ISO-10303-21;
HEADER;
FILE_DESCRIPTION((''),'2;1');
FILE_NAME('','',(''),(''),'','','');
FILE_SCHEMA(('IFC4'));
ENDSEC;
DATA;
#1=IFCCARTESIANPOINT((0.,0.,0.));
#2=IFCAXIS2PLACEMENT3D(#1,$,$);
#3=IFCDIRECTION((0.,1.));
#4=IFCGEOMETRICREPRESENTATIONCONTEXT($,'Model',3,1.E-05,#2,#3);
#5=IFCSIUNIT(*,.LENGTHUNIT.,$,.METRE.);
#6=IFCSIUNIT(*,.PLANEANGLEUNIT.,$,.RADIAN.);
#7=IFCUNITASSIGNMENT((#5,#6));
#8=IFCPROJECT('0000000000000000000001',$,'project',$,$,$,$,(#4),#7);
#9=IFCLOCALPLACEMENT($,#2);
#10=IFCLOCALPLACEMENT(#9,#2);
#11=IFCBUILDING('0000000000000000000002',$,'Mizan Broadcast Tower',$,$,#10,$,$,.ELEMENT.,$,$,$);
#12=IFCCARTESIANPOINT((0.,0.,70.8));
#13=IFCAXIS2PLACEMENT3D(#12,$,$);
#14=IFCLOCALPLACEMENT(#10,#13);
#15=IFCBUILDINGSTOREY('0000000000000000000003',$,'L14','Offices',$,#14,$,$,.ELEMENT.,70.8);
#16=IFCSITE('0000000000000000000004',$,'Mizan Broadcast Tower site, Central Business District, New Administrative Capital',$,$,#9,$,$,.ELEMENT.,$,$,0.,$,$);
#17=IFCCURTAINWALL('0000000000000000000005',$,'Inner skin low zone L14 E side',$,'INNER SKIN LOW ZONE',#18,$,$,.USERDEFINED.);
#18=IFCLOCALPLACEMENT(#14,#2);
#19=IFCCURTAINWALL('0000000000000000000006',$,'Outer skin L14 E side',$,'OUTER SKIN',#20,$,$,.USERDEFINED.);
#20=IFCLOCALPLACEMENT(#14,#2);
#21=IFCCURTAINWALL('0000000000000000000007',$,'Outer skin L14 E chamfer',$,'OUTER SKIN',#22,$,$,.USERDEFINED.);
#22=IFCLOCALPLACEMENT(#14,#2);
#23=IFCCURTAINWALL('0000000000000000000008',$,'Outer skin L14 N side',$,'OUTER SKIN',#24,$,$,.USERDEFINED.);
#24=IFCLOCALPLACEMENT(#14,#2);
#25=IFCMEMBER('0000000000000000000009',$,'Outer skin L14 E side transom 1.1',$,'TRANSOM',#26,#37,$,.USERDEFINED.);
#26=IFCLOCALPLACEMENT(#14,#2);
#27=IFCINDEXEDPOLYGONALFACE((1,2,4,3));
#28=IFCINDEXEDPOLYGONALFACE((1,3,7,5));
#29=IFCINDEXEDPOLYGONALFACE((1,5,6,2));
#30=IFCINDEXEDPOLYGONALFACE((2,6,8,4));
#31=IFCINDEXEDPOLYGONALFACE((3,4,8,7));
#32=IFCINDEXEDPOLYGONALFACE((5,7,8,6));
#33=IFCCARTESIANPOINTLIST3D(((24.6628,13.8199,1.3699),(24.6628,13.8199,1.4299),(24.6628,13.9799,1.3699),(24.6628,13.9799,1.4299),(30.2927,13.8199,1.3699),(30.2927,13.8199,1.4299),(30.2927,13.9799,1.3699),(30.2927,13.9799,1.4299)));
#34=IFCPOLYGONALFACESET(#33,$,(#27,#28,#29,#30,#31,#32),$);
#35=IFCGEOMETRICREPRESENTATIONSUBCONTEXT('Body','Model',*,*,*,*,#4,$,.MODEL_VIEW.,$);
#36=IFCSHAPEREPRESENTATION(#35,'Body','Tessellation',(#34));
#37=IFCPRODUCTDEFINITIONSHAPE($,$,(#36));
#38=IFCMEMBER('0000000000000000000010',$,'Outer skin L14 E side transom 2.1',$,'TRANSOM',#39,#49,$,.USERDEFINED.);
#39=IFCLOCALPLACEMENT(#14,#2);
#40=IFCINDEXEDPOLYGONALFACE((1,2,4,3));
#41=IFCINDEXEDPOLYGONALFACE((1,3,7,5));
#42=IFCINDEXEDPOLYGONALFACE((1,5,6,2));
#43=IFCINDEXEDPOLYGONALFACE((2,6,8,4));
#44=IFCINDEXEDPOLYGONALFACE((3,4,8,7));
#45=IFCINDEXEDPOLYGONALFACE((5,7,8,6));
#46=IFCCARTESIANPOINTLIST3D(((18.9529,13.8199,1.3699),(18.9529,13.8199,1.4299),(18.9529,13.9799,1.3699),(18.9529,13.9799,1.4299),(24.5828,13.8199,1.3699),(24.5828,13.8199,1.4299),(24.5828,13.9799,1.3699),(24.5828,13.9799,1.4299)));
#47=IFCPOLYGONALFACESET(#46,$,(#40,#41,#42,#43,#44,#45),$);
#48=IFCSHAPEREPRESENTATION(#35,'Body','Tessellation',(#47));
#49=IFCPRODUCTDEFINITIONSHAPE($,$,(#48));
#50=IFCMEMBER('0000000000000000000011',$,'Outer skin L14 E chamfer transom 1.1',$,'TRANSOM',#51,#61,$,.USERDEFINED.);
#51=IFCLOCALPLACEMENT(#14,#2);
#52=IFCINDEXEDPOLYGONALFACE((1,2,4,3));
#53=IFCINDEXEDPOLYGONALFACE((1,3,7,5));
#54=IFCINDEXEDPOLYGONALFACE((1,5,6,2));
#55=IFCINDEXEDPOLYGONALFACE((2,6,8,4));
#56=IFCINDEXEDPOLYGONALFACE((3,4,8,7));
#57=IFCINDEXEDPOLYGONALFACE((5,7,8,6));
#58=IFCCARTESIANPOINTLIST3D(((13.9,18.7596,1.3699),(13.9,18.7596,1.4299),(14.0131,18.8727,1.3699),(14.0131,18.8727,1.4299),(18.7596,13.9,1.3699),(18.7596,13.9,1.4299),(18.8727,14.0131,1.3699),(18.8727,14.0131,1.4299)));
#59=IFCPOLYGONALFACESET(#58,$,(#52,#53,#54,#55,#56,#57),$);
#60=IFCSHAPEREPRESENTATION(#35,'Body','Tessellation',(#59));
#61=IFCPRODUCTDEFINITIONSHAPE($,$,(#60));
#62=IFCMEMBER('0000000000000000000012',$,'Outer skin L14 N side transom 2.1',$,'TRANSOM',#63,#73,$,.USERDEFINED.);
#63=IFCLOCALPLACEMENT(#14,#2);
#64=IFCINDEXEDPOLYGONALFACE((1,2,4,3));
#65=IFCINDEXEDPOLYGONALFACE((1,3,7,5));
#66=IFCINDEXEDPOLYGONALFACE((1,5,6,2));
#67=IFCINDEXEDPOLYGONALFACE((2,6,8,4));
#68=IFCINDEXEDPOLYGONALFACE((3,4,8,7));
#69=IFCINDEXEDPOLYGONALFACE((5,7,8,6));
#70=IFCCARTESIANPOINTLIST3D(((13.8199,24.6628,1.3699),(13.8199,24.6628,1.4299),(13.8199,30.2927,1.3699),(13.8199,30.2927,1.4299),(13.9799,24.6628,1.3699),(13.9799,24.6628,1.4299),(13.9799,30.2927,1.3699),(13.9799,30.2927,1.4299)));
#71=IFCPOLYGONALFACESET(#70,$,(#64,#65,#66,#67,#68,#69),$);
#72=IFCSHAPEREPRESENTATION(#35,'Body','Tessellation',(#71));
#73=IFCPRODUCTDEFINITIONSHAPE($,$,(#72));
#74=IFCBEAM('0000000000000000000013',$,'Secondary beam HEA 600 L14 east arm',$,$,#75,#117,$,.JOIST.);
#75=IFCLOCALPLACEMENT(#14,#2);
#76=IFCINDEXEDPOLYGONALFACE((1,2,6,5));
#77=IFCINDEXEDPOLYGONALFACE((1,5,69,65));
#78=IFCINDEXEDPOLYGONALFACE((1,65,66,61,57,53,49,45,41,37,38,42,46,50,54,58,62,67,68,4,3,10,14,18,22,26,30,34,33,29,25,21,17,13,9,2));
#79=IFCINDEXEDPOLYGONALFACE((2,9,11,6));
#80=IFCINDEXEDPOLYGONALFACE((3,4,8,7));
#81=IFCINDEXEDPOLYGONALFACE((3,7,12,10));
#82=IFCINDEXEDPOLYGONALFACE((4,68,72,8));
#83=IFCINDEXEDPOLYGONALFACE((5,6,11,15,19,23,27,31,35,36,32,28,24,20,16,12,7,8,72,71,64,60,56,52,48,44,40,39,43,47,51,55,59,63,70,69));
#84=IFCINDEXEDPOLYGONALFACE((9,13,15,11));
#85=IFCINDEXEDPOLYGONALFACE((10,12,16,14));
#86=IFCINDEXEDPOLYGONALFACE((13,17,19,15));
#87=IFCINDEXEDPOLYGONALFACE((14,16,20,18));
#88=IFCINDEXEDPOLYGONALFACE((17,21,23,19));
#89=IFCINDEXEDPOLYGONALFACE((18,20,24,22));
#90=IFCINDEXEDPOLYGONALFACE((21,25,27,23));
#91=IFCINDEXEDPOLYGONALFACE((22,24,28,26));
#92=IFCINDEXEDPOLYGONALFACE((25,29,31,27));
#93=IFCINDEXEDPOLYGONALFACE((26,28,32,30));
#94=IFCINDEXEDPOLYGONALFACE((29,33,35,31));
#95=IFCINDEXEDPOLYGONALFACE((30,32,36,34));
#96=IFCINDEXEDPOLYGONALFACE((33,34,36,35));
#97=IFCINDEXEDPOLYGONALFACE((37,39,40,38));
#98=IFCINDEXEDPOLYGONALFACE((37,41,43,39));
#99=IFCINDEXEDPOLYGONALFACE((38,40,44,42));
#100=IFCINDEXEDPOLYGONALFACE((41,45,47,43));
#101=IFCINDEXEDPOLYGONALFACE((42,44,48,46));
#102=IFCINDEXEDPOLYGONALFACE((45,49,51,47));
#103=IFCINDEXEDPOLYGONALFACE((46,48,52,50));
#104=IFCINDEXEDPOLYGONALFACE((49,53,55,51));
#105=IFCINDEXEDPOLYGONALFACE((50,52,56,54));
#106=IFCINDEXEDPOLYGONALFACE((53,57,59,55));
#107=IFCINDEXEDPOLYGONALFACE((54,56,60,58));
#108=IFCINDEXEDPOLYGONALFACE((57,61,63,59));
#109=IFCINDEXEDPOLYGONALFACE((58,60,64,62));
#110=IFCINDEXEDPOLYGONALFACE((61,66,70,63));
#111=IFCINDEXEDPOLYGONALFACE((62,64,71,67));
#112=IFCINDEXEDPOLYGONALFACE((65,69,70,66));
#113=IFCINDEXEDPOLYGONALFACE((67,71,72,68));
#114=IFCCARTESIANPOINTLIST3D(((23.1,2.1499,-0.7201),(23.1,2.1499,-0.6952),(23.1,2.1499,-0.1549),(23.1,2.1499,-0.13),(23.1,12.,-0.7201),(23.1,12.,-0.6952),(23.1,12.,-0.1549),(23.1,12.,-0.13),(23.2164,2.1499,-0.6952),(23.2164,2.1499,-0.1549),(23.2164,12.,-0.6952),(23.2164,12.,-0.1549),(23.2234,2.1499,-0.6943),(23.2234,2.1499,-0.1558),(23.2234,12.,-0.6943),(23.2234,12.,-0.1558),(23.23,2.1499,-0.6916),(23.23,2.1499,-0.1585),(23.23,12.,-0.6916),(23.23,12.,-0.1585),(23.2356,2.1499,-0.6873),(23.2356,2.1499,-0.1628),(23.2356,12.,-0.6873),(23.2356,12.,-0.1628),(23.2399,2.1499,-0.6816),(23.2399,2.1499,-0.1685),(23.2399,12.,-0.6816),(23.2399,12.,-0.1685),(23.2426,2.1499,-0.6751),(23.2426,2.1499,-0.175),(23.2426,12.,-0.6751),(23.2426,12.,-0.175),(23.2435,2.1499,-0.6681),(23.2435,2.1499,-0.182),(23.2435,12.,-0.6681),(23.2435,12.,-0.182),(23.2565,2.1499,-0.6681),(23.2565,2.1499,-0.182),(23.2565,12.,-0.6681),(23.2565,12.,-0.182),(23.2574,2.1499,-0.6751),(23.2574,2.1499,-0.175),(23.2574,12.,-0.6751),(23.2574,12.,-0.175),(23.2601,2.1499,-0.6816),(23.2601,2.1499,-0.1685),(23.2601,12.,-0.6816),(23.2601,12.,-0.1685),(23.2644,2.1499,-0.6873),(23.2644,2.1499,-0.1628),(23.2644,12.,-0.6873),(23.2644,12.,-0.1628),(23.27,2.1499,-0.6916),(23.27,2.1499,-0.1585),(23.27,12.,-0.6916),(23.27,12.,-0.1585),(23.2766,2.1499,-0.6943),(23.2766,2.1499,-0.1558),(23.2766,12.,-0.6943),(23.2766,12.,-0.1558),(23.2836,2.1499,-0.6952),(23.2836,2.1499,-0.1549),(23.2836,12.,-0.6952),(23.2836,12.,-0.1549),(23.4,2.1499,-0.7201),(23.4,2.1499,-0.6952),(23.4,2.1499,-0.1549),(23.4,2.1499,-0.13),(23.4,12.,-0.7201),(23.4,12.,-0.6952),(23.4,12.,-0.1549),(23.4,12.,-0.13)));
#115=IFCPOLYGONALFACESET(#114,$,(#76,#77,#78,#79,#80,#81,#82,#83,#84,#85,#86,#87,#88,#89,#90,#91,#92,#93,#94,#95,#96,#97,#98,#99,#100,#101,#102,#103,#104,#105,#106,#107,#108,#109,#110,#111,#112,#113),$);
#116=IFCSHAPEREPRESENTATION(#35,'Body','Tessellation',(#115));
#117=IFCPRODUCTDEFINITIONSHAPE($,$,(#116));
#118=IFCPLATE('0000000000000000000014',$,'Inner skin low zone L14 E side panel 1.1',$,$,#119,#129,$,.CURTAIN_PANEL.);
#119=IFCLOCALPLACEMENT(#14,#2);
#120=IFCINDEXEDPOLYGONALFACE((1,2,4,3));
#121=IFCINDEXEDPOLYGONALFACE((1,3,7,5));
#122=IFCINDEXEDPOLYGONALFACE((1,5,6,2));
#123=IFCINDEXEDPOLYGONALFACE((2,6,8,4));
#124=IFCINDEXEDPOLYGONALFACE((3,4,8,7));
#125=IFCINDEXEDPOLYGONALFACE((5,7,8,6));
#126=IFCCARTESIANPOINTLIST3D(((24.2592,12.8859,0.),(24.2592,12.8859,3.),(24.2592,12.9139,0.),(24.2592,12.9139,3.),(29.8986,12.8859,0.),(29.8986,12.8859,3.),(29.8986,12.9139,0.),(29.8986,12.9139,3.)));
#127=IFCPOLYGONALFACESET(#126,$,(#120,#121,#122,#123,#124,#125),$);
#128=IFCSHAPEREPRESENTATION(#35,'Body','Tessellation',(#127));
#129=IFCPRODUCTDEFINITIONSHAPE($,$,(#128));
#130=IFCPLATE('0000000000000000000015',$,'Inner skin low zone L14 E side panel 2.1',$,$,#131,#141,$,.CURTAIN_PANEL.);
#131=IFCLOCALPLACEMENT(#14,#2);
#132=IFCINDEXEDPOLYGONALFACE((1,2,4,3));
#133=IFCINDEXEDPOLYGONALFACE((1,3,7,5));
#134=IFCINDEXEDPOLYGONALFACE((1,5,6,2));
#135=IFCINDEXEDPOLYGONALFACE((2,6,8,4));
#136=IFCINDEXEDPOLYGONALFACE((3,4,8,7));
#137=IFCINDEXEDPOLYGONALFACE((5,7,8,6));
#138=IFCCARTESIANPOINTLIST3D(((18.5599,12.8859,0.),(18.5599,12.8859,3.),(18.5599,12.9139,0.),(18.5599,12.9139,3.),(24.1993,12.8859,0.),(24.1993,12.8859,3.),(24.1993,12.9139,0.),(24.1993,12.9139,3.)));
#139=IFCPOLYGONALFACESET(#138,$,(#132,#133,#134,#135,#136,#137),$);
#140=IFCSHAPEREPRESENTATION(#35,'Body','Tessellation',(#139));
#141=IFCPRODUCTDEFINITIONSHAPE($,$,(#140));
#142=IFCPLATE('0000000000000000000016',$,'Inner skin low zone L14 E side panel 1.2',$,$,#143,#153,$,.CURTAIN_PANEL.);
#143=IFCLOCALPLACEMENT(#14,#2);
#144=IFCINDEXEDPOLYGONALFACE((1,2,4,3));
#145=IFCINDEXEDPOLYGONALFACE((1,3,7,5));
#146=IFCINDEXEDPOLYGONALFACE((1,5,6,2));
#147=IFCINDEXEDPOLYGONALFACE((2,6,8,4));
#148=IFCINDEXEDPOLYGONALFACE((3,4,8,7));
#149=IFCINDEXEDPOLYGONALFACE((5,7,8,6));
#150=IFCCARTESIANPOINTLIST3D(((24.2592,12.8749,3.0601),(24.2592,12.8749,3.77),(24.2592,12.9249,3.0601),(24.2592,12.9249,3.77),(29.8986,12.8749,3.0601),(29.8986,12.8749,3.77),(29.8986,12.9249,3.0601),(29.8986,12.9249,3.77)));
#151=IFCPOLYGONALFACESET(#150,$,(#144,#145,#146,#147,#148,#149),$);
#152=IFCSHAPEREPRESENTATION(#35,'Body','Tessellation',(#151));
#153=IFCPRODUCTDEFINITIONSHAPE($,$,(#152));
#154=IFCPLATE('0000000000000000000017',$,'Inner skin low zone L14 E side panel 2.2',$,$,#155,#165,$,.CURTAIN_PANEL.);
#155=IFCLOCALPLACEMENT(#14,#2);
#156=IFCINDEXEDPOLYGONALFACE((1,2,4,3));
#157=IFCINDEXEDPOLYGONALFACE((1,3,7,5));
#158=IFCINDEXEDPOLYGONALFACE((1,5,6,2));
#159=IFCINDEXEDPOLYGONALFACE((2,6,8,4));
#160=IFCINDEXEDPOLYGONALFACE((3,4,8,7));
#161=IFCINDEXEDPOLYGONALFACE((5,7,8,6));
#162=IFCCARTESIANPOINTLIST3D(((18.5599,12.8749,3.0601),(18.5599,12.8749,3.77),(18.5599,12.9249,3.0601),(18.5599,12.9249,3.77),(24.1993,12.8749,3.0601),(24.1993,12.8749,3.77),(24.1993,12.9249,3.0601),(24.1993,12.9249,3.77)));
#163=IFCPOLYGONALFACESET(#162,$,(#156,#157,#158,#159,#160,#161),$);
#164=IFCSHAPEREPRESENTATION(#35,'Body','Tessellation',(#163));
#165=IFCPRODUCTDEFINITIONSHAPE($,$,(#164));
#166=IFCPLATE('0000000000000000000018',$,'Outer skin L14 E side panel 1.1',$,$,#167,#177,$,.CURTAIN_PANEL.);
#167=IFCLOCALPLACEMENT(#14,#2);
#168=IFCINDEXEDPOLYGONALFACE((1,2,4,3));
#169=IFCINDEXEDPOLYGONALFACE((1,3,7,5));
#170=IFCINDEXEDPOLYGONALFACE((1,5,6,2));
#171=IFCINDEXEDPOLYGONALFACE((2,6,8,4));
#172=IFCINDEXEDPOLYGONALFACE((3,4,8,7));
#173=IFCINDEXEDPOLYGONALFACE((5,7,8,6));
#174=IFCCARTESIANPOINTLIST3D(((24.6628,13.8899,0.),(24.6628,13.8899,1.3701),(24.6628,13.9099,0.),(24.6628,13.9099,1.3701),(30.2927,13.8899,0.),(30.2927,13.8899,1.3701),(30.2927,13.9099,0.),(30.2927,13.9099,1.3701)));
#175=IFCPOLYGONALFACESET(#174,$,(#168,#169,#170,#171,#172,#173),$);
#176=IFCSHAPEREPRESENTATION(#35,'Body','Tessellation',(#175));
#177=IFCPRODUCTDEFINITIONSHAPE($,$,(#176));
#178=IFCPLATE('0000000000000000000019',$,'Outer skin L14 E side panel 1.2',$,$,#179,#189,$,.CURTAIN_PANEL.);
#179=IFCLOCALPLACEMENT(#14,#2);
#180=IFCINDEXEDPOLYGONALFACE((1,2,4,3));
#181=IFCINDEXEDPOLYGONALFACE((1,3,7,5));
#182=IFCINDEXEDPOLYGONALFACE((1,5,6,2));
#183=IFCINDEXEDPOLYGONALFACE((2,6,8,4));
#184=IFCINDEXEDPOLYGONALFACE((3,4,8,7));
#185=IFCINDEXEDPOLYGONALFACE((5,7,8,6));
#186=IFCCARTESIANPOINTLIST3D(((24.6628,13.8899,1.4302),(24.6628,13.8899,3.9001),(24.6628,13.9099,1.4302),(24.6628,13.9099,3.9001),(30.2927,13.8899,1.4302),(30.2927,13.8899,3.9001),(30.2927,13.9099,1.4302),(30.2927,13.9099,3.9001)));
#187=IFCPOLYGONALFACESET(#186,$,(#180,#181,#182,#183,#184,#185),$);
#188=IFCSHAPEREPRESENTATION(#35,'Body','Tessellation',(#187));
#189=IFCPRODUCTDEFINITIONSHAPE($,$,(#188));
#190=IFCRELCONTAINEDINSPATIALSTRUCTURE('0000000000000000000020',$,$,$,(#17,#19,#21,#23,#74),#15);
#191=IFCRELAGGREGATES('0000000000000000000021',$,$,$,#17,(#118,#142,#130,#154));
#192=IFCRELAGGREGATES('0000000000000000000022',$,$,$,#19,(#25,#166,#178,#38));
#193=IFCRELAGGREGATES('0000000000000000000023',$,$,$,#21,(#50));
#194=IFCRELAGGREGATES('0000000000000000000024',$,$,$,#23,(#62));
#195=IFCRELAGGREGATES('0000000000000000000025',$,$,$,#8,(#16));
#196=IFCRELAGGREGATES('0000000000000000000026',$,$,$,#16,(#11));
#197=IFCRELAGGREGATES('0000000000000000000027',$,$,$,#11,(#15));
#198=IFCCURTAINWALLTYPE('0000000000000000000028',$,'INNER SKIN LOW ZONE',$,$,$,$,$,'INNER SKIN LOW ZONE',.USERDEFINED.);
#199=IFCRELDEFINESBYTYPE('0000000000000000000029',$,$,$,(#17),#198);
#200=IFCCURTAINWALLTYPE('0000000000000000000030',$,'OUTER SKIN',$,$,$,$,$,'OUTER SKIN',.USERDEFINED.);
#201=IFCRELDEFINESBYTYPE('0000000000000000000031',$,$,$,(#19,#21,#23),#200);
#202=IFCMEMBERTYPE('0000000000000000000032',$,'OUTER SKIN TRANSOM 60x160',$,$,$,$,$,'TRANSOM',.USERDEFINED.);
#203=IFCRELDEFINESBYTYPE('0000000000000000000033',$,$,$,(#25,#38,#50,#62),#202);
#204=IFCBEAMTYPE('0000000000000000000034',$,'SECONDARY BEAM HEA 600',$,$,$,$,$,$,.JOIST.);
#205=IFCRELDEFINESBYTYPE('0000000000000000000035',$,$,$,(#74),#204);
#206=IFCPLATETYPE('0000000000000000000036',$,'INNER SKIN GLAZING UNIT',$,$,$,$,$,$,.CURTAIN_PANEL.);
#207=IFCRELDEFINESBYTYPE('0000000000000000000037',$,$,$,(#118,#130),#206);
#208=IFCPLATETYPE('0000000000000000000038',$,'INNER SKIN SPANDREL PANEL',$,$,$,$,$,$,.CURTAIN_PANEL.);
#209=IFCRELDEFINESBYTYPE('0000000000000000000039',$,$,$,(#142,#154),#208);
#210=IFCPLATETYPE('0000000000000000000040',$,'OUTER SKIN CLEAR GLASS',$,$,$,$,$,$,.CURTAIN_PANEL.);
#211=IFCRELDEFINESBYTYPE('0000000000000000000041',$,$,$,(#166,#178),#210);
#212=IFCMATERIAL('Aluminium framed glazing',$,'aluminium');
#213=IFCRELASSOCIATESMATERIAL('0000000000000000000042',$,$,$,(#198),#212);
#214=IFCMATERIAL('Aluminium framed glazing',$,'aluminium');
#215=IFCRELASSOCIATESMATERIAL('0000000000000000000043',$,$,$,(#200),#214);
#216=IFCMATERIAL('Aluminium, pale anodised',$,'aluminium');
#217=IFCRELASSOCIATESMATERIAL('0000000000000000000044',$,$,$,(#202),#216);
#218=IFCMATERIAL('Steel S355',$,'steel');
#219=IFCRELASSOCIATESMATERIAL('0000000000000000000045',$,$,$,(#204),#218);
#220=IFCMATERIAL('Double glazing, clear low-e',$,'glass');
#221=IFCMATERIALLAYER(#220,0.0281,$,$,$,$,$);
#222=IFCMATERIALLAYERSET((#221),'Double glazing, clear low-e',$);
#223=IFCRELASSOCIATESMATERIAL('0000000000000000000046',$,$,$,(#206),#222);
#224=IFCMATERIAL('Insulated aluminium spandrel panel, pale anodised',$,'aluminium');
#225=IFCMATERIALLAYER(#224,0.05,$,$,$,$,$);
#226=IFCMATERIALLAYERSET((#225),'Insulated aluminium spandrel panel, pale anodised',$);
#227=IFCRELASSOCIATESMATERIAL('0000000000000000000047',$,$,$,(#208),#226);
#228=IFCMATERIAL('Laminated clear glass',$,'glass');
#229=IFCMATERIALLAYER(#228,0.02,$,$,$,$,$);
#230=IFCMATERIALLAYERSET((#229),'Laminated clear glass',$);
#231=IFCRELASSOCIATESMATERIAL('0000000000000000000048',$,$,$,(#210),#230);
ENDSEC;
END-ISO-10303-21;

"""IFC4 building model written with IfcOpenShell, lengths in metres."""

from ifc_helpers import new_model, si_unit, direction, frame, origin, origin_2d, place, context, subcontext, project, spatial, rectangle, i_section, extrude, material, layer, layer_set, material_profile, profile_set, type_object, element, aggregate, save


model = new_model("IFC4")

# Units and contexts
model_context = context("Model", 3, precision=1e-05, world=origin(), true_north=direction((0.0, 1.0)))
body_context = subcontext(model_context, "Body", "Model", "MODEL_VIEW")
ifc_project = project(units=[si_unit("LENGTHUNIT", "METRE"), si_unit("PLANEANGLEUNIT", "RADIAN")], contexts=[model_context])

# Site, building, storey
site_placement = place(None, origin())
site = spatial("IfcSite", under=ifc_project, at=site_placement, Name="Mizan Broadcast Tower site, Central Business District, New Administrative Capital", CompositionType="ELEMENT", RefElevation=0.0)
building_placement = place(site_placement, origin())
building = spatial("IfcBuilding", under=site, at=building_placement, Name="Mizan Broadcast Tower", CompositionType="ELEMENT")
storey_placement = place(building_placement, frame((0.0, 0.0, 70.8)))
storey = spatial("IfcBuildingStorey", under=building, at=storey_placement, Name="L14", Description="Offices", CompositionType="ELEMENT", Elevation=70.8)

# Shared definitions
ifc_material_1 = material(Name="Aluminium framed glazing", Category="aluminium")
curtain_wall_type_1 = type_object("IfcCurtainWallType", Name="INNER SKIN LOW ZONE", ElementType="INNER SKIN LOW ZONE", PredefinedType="USERDEFINED", material=ifc_material_1)

# Curtain wall
curtain_wall_1_placement = place(storey_placement, origin())
curtain_wall_1 = element("IfcCurtainWall", 1, at=curtain_wall_1_placement, inside=storey, type_object=curtain_wall_type_1, Name="Inner skin low zone L14 E side", ObjectType="INNER SKIN LOW ZONE", PredefinedType="USERDEFINED")

# Shared definitions
ifc_material_2 = material(Name="Aluminium framed glazing", Category="aluminium")
curtain_wall_type_2 = type_object("IfcCurtainWallType", Name="OUTER SKIN", ElementType="OUTER SKIN", PredefinedType="USERDEFINED", material=ifc_material_2)

# Curtain wall
curtain_wall_2_placement = place(storey_placement, origin())
curtain_wall_2 = element("IfcCurtainWall", 2, at=curtain_wall_2_placement, inside=storey, type_object=curtain_wall_type_2, Name="Outer skin L14 E side", ObjectType="OUTER SKIN", PredefinedType="USERDEFINED")

# Curtain wall
curtain_wall_3_placement = place(storey_placement, origin())
curtain_wall_3 = element("IfcCurtainWall", 3, at=curtain_wall_3_placement, inside=storey, type_object=curtain_wall_type_2, Name="Outer skin L14 E chamfer", ObjectType="OUTER SKIN", PredefinedType="USERDEFINED")

# Curtain wall
curtain_wall_4_placement = place(storey_placement, origin())
curtain_wall_4 = element("IfcCurtainWall", 4, at=curtain_wall_4_placement, inside=storey, type_object=curtain_wall_type_2, Name="Outer skin L14 N side", ObjectType="OUTER SKIN", PredefinedType="USERDEFINED")

# Members
ifc_material_3 = material(Name="Aluminium, pale anodised", Category="aluminium")
ifc_material_profile_1 = material_profile(ifc_material_3, rectangle(XDim=0.1599, YDim=0.0601, at=origin_2d()), Name="TRANSOM 160x60")
ifc_profile_set_1 = profile_set([ifc_material_profile_1], Name="Aluminium, pale anodised")
member_type_1 = type_object("IfcMemberType", Name="OUTER SKIN TRANSOM 60x160", ElementType="TRANSOM", PredefinedType="USERDEFINED", material=ifc_profile_set_1)
member_1_placement = place(storey_placement, frame((30.2927, 13.8999, 1.3999), z_axis=(-1.0, 0.0, 0.0), x_axis=(0.0, -1.0, 0.0)))
member_1 = element("IfcMember", 5, at=member_1_placement, type_object=member_type_1, Name="Outer skin L14 E side transom 1.1", ObjectType="TRANSOM", PredefinedType="USERDEFINED", context=body_context, shape_type="SweptSolid", body=[
    extrude(rectangle(XDim=0.1599, YDim=0.0601, at=origin_2d()), origin(), (0.0, 0.0, 1.0), 5.6299),
])
member_2_placement = place(storey_placement, frame((24.5828, 13.8999, 1.3999), z_axis=(-1.0, 0.0, 0.0), x_axis=(0.0, -1.0, 0.0)))
member_2 = element("IfcMember", 6, at=member_2_placement, type_object=member_type_1, Name="Outer skin L14 E side transom 2.1", ObjectType="TRANSOM", PredefinedType="USERDEFINED", context=body_context, shape_type="SweptSolid", body=[
    extrude(rectangle(XDim=0.1599, YDim=0.0601, at=origin_2d()), origin(), (0.0, 0.0, 1.0), 5.6299),
])
member_3_placement = place(storey_placement, frame((18.8162, 13.9565, 1.3999), z_axis=(-0.707107, 0.707107, 0.0), x_axis=(-0.707107, -0.707107, 0.0)))
member_3 = element("IfcMember", 7, at=member_3_placement, type_object=member_type_1, Name="Outer skin L14 E chamfer transom 1.1", ObjectType="TRANSOM", PredefinedType="USERDEFINED", context=body_context, shape_type="SweptSolid", body=[
    extrude(rectangle(XDim=0.1599, YDim=0.0601, at=origin_2d()), origin(), (0.0, 0.0, 1.0), 6.8726),
])
member_4_placement = place(storey_placement, frame((13.8999, 24.6628, 1.3999), z_axis=(0.0, 1.0, 0.0), x_axis=(-1.0, 0.0, 0.0)))
member_4 = element("IfcMember", 8, at=member_4_placement, type_object=member_type_1, Name="Outer skin L14 N side transom 2.1", ObjectType="TRANSOM", PredefinedType="USERDEFINED", context=body_context, shape_type="SweptSolid", body=[
    extrude(rectangle(XDim=0.1599, YDim=0.0601, at=origin_2d()), origin(), (0.0, 0.0, 1.0), 5.6299),
])

# Beam
ifc_material_4 = material(Name="Steel S355", Category="steel")
ifc_material_profile_2 = material_profile(ifc_material_4, i_section(OverallWidth=0.3, OverallDepth=0.5901, WebThickness=0.0129, FlangeThickness=0.0249, FilletRadius=0.0271, at=origin_2d()), Name="HEA 600")
ifc_profile_set_2 = profile_set([ifc_material_profile_2], Name="Steel S355")
beam_type_1 = type_object("IfcBeamType", Name="SECONDARY BEAM HEA 600", PredefinedType="JOIST", material=ifc_profile_set_2)
beam_1_placement = place(storey_placement, frame((23.25, 12.0, -0.425), z_axis=(0.0, -1.0, 0.0), x_axis=(1.0, 0.0, 0.0)))
element("IfcBeam", 9, at=beam_1_placement, inside=storey, type_object=beam_type_1, Name="Secondary beam HEA 600 L14 east arm", PredefinedType="JOIST", context=body_context, shape_type="SweptSolid", body=[
    extrude(i_section(OverallWidth=0.3, OverallDepth=0.5901, WebThickness=0.0129, FlangeThickness=0.0249, FilletRadius=0.0271, at=origin_2d()), origin(), (0.0, 0.0, 1.0), 9.8501),
])

# Plates
ifc_material_5 = material(Name="Double glazing, clear low-e", Category="glass")
ifc_layer_1 = layer(ifc_material_5, 0.0281)
ifc_layer_set_1 = layer_set([ifc_layer_1], Name="Double glazing, clear low-e")
plate_type_1 = type_object("IfcPlateType", Name="INNER SKIN GLAZING UNIT", PredefinedType="CURTAIN_PANEL", material=ifc_layer_set_1)
plate_1_placement = place(storey_placement, frame((27.0789, 12.8999, 0.0), z_axis=(0.0, 0.0, 1.0), x_axis=(-1.0, 0.0, 0.0)))
plate_1 = element("IfcPlate", 10, at=plate_1_placement, type_object=plate_type_1, Name="Inner skin low zone L14 E side panel 1.1", PredefinedType="CURTAIN_PANEL", context=body_context, shape_type="SweptSolid", body=[
    extrude(rectangle(XDim=5.6394, YDim=0.0281, at=origin_2d()), origin(), (0.0, 0.0, 1.0), 3.0),
])
plate_2_placement = place(storey_placement, frame((21.3796, 12.8999, 0.0), z_axis=(0.0, 0.0, 1.0), x_axis=(-1.0, 0.0, 0.0)))
plate_2 = element("IfcPlate", 11, at=plate_2_placement, type_object=plate_type_1, Name="Inner skin low zone L14 E side panel 2.1", PredefinedType="CURTAIN_PANEL", context=body_context, shape_type="SweptSolid", body=[
    extrude(rectangle(XDim=5.6394, YDim=0.0281, at=origin_2d()), origin(), (0.0, 0.0, 1.0), 3.0),
])
ifc_material_6 = material(Name="Insulated aluminium spandrel panel, pale anodised", Category="aluminium")
ifc_layer_2 = layer(ifc_material_6, 0.05)
ifc_layer_set_2 = layer_set([ifc_layer_2], Name="Insulated aluminium spandrel panel, pale anodised")
plate_type_2 = type_object("IfcPlateType", Name="INNER SKIN SPANDREL PANEL", PredefinedType="CURTAIN_PANEL", material=ifc_layer_set_2)
plate_3_placement = place(storey_placement, frame((27.0789, 12.8999, 3.0601), z_axis=(0.0, 0.0, 1.0), x_axis=(-1.0, 0.0, 0.0)))
plate_3 = element("IfcPlate", 12, at=plate_3_placement, type_object=plate_type_2, Name="Inner skin low zone L14 E side panel 1.2", PredefinedType="CURTAIN_PANEL", context=body_context, shape_type="SweptSolid", body=[
    extrude(rectangle(XDim=5.6394, YDim=0.05, at=origin_2d()), origin(), (0.0, 0.0, 1.0), 0.71),
])
plate_4_placement = place(storey_placement, frame((21.3796, 12.8999, 3.0601), z_axis=(0.0, 0.0, 1.0), x_axis=(-1.0, 0.0, 0.0)))
plate_4 = element("IfcPlate", 13, at=plate_4_placement, type_object=plate_type_2, Name="Inner skin low zone L14 E side panel 2.2", PredefinedType="CURTAIN_PANEL", context=body_context, shape_type="SweptSolid", body=[
    extrude(rectangle(XDim=5.6394, YDim=0.05, at=origin_2d()), origin(), (0.0, 0.0, 1.0), 0.71),
])
aggregate(curtain_wall_1, [plate_1, plate_3, plate_2, plate_4])
ifc_material_7 = material(Name="Laminated clear glass", Category="glass")
ifc_layer_3 = layer(ifc_material_7, 0.02)
ifc_layer_set_3 = layer_set([ifc_layer_3], Name="Laminated clear glass")
plate_type_3 = type_object("IfcPlateType", Name="OUTER SKIN CLEAR GLASS", PredefinedType="CURTAIN_PANEL", material=ifc_layer_set_3)
plate_5_placement = place(storey_placement, frame((27.4778, 13.8999, 0.0), z_axis=(0.0, 0.0, 1.0), x_axis=(-1.0, 0.0, 0.0)))
plate_5 = element("IfcPlate", 14, at=plate_5_placement, type_object=plate_type_3, Name="Outer skin L14 E side panel 1.1", PredefinedType="CURTAIN_PANEL", context=body_context, shape_type="SweptSolid", body=[
    extrude(rectangle(XDim=5.6299, YDim=0.02, at=origin_2d()), origin(), (0.0, 0.0, 1.0), 1.3701),
])
plate_6_placement = place(storey_placement, frame((27.4778, 13.8999, 1.4302), z_axis=(0.0, 0.0, 1.0), x_axis=(-1.0, 0.0, 0.0)))
plate_6 = element("IfcPlate", 15, at=plate_6_placement, type_object=plate_type_3, Name="Outer skin L14 E side panel 1.2", PredefinedType="CURTAIN_PANEL", context=body_context, shape_type="SweptSolid", body=[
    extrude(rectangle(XDim=5.6299, YDim=0.02, at=origin_2d()), origin(), (0.0, 0.0, 1.0), 2.47),
])
aggregate(curtain_wall_2, [member_1, plate_5, plate_6, member_2])
aggregate(curtain_wall_3, [member_3])
aggregate(curtain_wall_4, [member_4])

save(model, "model.ifc")
